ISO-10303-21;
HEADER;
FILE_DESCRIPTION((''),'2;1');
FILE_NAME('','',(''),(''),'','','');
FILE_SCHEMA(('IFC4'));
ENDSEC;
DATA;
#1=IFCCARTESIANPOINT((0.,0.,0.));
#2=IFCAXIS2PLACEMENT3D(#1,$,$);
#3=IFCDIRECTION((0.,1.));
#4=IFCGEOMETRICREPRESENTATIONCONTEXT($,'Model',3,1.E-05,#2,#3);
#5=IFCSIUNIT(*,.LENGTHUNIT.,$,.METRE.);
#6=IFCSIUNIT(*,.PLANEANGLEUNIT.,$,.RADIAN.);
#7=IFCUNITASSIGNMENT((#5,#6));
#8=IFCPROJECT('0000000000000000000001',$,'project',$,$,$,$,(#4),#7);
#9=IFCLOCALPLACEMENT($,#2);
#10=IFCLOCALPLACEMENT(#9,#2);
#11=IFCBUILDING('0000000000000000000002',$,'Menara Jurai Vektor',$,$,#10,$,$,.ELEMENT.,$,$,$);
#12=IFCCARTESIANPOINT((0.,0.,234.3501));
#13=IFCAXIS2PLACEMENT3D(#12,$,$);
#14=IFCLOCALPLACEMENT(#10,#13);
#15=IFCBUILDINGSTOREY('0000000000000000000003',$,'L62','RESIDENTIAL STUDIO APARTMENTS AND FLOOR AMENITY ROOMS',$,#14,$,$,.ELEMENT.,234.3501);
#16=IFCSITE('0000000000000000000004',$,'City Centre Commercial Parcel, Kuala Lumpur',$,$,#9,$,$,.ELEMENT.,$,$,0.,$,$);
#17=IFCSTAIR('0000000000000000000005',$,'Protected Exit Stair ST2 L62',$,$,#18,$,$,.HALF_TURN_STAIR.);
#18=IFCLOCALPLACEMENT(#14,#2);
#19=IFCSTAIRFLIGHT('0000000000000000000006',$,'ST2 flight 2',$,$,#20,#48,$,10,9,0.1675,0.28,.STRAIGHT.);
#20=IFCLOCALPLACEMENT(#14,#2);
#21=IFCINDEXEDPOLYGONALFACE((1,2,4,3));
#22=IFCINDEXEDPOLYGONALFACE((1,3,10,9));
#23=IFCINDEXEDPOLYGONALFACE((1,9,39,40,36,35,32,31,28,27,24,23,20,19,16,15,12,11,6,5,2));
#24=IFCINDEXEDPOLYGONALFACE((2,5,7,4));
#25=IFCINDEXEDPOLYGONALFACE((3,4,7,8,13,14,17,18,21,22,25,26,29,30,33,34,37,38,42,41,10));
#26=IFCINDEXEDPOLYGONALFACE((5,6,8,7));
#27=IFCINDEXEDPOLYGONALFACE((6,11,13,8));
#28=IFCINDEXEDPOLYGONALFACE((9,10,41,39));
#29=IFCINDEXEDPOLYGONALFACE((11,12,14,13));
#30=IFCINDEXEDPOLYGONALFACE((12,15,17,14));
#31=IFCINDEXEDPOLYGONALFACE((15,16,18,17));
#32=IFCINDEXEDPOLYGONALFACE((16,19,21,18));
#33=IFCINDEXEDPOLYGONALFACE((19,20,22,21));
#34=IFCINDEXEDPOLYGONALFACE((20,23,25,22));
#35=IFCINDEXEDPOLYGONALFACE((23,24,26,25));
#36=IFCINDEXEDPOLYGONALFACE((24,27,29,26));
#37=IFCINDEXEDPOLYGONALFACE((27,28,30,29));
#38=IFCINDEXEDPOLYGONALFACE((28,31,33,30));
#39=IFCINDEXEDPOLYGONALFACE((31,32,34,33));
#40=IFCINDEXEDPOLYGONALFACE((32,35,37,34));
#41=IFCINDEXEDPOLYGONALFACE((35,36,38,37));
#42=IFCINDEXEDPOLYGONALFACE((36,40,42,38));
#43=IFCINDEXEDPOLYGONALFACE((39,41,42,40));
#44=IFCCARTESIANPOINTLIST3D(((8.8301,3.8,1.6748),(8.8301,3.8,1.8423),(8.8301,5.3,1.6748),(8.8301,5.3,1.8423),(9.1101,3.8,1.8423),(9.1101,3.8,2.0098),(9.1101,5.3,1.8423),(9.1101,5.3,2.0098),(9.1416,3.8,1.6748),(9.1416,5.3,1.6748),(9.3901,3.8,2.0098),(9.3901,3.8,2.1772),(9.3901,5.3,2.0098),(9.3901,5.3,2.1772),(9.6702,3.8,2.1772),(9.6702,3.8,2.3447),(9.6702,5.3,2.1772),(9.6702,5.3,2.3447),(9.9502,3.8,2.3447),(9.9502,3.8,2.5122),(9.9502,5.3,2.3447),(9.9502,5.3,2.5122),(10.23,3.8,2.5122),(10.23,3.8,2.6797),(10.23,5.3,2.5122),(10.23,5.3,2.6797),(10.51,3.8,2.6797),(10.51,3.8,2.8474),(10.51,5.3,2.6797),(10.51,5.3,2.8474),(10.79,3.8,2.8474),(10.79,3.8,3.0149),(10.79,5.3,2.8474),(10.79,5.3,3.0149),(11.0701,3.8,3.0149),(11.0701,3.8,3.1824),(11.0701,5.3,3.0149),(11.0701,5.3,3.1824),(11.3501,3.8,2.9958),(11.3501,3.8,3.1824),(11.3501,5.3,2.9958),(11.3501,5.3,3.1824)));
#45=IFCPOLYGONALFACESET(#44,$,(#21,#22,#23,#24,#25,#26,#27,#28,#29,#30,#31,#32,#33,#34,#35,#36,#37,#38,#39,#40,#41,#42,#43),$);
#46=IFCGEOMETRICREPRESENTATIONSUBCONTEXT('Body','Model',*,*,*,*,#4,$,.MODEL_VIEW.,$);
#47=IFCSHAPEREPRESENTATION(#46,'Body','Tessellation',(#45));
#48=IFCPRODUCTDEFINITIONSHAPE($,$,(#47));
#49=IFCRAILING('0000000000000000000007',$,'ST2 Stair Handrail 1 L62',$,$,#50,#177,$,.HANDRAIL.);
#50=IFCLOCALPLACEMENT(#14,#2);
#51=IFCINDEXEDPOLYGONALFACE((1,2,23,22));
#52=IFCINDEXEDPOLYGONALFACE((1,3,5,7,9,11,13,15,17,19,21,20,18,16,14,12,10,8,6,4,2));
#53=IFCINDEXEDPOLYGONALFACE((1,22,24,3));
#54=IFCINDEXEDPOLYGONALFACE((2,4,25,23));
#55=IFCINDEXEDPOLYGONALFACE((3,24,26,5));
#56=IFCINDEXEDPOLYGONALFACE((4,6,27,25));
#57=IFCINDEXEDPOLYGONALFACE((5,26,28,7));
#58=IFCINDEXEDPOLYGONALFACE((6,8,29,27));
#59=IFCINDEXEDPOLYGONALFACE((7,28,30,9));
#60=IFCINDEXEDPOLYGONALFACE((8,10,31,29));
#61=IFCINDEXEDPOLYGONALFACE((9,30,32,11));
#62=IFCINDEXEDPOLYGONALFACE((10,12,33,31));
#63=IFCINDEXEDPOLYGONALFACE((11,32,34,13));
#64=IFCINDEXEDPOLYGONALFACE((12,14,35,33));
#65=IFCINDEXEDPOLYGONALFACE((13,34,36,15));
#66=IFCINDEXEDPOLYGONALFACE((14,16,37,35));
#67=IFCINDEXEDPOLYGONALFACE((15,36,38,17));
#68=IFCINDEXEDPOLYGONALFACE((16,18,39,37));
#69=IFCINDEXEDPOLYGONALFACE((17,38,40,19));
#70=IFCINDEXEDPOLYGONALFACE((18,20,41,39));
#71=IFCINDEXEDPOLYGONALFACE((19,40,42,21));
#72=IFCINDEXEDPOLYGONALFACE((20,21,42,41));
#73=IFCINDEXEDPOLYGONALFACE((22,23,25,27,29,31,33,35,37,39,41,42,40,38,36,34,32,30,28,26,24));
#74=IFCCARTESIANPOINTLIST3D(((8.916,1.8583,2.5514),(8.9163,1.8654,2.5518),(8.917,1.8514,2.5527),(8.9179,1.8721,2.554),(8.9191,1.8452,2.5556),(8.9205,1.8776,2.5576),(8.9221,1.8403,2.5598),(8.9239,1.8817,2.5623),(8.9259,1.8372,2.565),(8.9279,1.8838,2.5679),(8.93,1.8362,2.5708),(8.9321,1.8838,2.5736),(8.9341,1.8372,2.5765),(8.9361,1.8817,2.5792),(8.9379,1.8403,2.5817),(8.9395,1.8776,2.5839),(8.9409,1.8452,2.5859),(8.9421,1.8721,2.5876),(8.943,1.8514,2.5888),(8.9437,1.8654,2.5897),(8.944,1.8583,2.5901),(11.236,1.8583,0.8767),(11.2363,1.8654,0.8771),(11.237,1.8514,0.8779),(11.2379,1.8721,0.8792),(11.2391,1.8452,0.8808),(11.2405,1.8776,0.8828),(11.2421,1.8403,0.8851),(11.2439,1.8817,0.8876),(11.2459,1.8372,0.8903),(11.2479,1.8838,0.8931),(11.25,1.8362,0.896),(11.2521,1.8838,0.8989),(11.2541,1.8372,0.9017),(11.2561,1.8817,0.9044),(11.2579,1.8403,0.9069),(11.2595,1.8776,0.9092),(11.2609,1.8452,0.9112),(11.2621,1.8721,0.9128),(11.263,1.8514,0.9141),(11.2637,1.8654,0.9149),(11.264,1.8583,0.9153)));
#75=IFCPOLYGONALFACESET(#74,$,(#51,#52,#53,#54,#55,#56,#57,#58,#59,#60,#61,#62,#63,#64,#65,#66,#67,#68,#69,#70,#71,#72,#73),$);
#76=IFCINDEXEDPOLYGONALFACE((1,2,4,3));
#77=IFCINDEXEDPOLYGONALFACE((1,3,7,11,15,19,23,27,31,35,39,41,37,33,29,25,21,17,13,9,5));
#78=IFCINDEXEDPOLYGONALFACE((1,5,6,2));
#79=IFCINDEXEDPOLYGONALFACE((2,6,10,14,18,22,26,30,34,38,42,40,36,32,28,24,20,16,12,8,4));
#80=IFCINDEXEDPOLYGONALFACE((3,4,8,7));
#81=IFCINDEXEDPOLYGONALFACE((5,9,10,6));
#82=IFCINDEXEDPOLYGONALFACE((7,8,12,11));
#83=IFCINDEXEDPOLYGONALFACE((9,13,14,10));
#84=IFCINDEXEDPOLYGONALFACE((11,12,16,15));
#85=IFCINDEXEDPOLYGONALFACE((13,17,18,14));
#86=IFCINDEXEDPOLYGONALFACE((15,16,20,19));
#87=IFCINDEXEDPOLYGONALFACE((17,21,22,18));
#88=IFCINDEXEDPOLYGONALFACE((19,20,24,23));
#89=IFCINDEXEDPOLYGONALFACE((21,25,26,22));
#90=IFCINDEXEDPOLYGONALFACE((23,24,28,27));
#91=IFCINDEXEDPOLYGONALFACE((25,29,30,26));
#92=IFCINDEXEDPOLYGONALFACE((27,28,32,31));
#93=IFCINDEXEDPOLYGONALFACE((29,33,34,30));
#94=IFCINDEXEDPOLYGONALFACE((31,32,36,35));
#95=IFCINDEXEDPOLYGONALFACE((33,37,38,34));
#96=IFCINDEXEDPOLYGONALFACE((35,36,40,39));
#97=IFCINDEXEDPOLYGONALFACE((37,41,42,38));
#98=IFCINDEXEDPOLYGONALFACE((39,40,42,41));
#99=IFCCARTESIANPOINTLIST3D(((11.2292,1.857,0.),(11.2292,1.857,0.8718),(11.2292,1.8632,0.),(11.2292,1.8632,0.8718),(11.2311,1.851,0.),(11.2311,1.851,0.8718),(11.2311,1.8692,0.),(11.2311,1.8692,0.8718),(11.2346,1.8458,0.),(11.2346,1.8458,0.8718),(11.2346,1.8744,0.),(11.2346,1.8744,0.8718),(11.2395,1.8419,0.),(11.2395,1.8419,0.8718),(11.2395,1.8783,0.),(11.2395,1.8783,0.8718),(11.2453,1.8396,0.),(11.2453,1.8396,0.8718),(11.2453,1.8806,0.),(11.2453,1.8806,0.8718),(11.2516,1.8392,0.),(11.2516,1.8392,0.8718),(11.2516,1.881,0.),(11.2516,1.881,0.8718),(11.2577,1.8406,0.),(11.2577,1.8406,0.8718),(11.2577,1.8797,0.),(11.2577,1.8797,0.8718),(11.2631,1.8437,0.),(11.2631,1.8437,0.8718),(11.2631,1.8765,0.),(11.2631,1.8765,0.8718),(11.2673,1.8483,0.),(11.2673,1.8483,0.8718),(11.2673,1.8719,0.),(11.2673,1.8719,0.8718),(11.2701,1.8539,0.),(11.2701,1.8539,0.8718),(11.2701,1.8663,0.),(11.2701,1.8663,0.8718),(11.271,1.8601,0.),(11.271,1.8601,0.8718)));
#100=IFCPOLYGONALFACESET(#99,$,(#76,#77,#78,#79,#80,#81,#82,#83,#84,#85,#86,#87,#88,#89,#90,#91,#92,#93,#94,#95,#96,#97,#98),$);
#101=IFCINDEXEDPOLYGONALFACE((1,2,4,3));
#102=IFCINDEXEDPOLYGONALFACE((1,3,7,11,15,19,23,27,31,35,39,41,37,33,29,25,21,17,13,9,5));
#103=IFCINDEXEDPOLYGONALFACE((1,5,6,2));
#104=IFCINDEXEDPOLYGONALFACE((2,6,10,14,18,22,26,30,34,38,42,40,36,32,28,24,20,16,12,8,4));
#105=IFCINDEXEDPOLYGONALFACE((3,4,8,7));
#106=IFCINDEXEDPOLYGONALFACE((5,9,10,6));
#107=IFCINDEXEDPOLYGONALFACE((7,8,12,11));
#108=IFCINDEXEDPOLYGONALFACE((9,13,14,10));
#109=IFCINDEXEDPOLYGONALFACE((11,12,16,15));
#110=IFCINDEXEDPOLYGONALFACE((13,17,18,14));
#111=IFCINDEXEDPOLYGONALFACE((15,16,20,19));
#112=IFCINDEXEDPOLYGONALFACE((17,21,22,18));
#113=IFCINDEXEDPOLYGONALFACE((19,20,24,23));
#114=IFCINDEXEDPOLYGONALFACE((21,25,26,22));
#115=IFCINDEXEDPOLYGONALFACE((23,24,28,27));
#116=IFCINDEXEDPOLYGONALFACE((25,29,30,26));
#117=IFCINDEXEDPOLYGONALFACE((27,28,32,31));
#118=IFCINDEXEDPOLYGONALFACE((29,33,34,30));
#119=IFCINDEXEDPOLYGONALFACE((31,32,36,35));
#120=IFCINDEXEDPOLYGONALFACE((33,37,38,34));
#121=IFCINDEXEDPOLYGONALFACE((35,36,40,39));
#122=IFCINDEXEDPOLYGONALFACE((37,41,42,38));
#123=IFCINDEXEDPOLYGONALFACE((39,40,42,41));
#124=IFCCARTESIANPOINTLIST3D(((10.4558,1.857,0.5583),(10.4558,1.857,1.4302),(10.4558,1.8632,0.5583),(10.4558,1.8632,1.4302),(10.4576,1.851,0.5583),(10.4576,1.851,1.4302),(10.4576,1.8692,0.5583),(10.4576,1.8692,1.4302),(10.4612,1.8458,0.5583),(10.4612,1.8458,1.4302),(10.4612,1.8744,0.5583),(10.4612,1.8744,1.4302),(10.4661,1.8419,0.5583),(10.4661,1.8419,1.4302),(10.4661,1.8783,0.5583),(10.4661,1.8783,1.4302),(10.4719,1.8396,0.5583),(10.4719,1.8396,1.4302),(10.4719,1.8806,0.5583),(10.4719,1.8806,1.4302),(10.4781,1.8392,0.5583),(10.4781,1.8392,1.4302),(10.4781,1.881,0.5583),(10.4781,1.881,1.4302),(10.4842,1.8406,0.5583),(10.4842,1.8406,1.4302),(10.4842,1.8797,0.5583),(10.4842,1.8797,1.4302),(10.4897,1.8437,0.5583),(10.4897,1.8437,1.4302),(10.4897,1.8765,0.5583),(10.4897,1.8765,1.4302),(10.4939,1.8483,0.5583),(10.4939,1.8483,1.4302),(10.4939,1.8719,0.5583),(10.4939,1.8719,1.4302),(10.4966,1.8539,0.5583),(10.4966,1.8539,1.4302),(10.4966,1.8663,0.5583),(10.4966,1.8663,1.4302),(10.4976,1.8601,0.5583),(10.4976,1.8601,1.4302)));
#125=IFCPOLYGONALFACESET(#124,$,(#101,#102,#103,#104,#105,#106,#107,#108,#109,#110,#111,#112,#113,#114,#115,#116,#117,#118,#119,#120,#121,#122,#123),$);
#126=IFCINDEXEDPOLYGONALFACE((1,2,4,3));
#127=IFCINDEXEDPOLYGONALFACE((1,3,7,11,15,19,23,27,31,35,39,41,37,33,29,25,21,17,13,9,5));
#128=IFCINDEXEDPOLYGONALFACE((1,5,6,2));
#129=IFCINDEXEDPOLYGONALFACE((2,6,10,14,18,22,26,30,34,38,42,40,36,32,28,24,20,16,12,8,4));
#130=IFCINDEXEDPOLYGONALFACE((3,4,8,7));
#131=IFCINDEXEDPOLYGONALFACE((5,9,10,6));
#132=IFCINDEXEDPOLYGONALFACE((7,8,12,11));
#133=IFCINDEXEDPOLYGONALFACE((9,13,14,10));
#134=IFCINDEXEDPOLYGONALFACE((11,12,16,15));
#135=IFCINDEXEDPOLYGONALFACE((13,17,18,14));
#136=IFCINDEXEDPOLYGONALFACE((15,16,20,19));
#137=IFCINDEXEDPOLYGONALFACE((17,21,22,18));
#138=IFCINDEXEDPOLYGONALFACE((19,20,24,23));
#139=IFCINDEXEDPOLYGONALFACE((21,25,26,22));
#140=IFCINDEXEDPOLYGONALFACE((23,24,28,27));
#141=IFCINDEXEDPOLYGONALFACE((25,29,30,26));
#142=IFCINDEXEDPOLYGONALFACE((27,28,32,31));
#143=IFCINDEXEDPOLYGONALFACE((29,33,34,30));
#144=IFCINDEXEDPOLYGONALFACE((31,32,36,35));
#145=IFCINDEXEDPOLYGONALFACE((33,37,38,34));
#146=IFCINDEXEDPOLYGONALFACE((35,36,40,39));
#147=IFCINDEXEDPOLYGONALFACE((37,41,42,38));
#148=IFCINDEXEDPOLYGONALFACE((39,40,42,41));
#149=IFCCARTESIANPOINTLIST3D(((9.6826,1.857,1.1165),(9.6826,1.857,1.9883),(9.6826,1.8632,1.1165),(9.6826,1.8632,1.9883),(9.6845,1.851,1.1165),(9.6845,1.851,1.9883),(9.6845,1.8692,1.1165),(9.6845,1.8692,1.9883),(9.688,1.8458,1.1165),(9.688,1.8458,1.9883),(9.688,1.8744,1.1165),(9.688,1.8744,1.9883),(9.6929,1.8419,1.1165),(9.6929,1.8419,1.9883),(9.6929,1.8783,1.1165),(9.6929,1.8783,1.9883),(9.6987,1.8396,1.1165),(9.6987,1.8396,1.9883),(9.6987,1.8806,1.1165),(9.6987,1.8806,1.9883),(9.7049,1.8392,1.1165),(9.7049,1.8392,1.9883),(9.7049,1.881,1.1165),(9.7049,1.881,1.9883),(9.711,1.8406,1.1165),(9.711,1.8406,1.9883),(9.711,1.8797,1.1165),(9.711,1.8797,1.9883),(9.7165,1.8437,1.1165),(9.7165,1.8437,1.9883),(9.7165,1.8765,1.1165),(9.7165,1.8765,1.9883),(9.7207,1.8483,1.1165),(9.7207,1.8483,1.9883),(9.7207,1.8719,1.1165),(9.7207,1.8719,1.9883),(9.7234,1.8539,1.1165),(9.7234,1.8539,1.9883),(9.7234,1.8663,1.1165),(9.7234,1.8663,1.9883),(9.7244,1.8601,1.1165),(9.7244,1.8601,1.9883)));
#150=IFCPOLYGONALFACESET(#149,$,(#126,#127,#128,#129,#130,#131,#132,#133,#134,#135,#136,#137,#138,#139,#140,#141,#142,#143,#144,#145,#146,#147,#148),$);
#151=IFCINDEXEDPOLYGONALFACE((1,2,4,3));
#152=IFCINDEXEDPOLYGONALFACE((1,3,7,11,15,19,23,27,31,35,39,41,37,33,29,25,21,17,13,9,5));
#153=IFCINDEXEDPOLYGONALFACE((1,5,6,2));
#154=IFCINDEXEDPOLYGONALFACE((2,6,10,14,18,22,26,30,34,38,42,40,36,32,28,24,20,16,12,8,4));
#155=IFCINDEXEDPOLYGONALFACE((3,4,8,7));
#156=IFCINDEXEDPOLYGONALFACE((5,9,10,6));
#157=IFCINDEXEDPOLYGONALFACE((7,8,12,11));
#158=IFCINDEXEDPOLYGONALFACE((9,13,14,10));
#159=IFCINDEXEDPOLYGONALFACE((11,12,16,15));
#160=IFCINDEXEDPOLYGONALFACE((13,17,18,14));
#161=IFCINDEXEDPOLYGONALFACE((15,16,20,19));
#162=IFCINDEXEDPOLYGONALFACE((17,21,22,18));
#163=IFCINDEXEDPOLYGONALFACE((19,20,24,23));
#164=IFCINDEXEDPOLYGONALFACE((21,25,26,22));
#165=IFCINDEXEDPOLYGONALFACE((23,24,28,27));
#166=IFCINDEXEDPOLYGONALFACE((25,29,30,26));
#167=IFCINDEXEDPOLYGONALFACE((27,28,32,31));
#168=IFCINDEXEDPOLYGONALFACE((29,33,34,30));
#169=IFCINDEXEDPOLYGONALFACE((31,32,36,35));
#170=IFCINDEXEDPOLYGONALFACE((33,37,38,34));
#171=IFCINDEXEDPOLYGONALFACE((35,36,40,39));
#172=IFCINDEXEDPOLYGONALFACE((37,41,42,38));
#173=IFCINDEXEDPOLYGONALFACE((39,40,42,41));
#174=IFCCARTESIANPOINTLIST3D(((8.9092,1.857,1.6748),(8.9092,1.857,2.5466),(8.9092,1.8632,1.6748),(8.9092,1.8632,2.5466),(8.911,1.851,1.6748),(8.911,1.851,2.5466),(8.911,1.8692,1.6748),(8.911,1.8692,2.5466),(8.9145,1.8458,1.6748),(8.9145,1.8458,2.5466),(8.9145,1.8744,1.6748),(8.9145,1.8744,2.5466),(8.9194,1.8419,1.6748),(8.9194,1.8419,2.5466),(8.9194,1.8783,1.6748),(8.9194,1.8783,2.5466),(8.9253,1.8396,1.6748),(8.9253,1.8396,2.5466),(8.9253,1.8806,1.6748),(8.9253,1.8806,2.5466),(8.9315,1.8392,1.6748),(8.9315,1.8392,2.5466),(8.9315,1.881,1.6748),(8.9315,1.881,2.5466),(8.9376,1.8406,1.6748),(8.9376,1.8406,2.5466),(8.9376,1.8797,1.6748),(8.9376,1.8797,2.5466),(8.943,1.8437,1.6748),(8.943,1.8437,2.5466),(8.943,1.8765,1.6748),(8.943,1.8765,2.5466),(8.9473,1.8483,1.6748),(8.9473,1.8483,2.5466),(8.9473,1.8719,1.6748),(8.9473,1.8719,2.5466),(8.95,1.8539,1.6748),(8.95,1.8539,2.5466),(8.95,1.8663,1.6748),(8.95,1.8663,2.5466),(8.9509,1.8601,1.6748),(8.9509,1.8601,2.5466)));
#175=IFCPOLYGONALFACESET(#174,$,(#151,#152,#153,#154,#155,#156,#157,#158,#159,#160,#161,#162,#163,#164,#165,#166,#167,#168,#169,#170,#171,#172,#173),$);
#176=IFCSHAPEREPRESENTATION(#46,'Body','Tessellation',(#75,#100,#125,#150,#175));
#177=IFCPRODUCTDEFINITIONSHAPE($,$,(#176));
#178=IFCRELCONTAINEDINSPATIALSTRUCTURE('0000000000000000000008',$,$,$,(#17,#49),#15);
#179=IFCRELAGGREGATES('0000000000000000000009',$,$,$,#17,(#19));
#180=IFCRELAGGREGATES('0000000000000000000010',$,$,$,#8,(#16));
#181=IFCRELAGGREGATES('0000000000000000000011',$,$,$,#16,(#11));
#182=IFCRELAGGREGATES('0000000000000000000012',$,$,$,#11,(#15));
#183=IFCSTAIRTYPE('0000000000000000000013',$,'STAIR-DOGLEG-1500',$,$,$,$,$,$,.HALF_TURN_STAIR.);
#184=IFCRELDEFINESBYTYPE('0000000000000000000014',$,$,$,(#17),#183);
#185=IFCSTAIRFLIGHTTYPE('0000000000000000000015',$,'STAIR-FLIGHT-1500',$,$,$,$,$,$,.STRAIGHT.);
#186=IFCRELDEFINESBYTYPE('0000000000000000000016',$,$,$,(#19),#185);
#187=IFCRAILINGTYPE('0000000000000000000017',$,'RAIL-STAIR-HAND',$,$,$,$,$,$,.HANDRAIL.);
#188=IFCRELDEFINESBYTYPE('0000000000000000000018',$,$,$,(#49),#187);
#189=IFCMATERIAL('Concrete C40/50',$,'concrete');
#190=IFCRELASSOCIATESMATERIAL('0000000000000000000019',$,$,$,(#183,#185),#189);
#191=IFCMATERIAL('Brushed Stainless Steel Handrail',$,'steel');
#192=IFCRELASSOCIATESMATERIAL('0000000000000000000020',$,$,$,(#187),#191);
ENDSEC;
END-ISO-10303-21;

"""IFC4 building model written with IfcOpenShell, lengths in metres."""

from ifc_helpers import new_model, si_unit, direction, frame, origin, origin_2d, place, context, subcontext, project, spatial, polyline, circle, outline, extrude, material, type_object, element, aggregate, save


model = new_model("IFC4")

# Units and contexts
model_context = context("Model", 3, precision=1e-05, world=origin(), true_north=direction((0.0, 1.0)))
body_context = subcontext(model_context, "Body", "Model", "MODEL_VIEW")
ifc_project = project(units=[si_unit("LENGTHUNIT", "METRE"), si_unit("PLANEANGLEUNIT", "RADIAN")], contexts=[model_context])

# Site, building, storey
site_placement = place(None, origin())
site = spatial("IfcSite", under=ifc_project, at=site_placement, Name="City Centre Commercial Parcel, Kuala Lumpur", CompositionType="ELEMENT", RefElevation=0.0)
building_placement = place(site_placement, origin())
building = spatial("IfcBuilding", under=site, at=building_placement, Name="Menara Jurai Vektor", CompositionType="ELEMENT")
storey_placement = place(building_placement, frame((0.0, 0.0, 234.3501)))
storey = spatial("IfcBuildingStorey", under=building, at=storey_placement, Name="L62", Description="RESIDENTIAL STUDIO APARTMENTS AND FLOOR AMENITY ROOMS", CompositionType="ELEMENT", Elevation=234.3501)

# Stair
ifc_material_1 = material(Name="Concrete C40/50", Category="concrete")
stair_type = type_object("IfcStairType", Name="STAIR-DOGLEG-1500", PredefinedType="HALF_TURN_STAIR", material=ifc_material_1)
stair_1_placement = place(storey_placement, origin())
stair_1 = element("IfcStair", 1, at=stair_1_placement, inside=storey, type_object=stair_type, Name="Protected Exit Stair ST2 L62", PredefinedType="HALF_TURN_STAIR")

# Stair flight
stair_flight_type = type_object("IfcStairFlightType", Name="STAIR-FLIGHT-1500", PredefinedType="STRAIGHT", material=ifc_material_1)
stair_flight_1_placement = place(storey_placement, frame((8.8301, 4.55, 1.6748), z_axis=(0.0, 0.0, 1.0), x_axis=(1.0, 0.0, 0.0)))
stair_flight_1 = element("IfcStairFlight", 2, at=stair_flight_1_placement, type_object=stair_flight_type, Name="ST2 flight 2", NumberOfRisers=10, NumberOfTreads=9, PredefinedType="STRAIGHT", RiserHeight=0.1675, TreadLength=0.28, context=body_context, shape_type="SweptSolid", body=[
    extrude(outline(polyline([(0.0, 0.0), (0.0, 0.1675), (0.28, 0.1675), (0.28, 0.335), (0.5601, 0.335), (0.5601, 0.5024), (0.8401, 0.5024), (0.8401, 0.6699), (1.1201, 0.6699), (1.1201, 0.8374), (1.3999, 0.8374), (1.3999, 1.0049), (1.6799, 1.0049), (1.6799, 1.1726), (1.96, 1.1726), (1.96, 1.3401), (2.24, 1.3401), (2.24, 1.5076), (2.52, 1.5076), (2.52, 1.675), (2.52, 1.321), (0.3115, 0.0), (0.0, 0.0)])), frame((0.0, 0.75, 0.0), z_axis=(0.0, -1.0, 0.0), x_axis=(1.0, 0.0, 0.0)), (0.0, 0.0, 1.0), 1.5),
])
aggregate(stair_1, [stair_flight_1])

# Railing
ifc_material_2 = material(Name="Brushed Stainless Steel Handrail", Category="steel")
railing_type_1 = type_object("IfcRailingType", Name="RAIL-STAIR-HAND", PredefinedType="HANDRAIL", material=ifc_material_2)
railing_1_placement = place(storey_placement, frame((11.25, 1.8601, 0.0)))
element("IfcRailing", 3, at=railing_1_placement, inside=storey, type_object=railing_type_1, Name="ST2 Stair Handrail 1 L62", PredefinedType="HANDRAIL", context=body_context, shape_type="SweptSolid", body=[
    extrude(circle(Radius=0.0239, at=origin_2d()), frame((0.0, 0.0, 0.896), z_axis=(-0.810812, 0.0, 0.585307), x_axis=(0.0, -1.0, 0.0)), (0.0, 0.0, 1.0), 2.8613),
    extrude(circle(Radius=0.021, at=origin_2d()), origin(), (0.0, 0.0, 1.0), 0.8718),
    extrude(circle(Radius=0.021, at=origin_2d()), frame((-0.7734, 0.0, 0.5583)), (0.0, 0.0, 1.0), 0.8718),
    extrude(circle(Radius=0.021, at=origin_2d()), frame((-1.5466, 0.0, 1.1165)), (0.0, 0.0, 1.0), 0.8718),
    extrude(circle(Radius=0.021, at=origin_2d()), frame((-2.3201, 0.0, 1.6748)), (0.0, 0.0, 1.0), 0.8718),
])

save(model, "model.ifc")
